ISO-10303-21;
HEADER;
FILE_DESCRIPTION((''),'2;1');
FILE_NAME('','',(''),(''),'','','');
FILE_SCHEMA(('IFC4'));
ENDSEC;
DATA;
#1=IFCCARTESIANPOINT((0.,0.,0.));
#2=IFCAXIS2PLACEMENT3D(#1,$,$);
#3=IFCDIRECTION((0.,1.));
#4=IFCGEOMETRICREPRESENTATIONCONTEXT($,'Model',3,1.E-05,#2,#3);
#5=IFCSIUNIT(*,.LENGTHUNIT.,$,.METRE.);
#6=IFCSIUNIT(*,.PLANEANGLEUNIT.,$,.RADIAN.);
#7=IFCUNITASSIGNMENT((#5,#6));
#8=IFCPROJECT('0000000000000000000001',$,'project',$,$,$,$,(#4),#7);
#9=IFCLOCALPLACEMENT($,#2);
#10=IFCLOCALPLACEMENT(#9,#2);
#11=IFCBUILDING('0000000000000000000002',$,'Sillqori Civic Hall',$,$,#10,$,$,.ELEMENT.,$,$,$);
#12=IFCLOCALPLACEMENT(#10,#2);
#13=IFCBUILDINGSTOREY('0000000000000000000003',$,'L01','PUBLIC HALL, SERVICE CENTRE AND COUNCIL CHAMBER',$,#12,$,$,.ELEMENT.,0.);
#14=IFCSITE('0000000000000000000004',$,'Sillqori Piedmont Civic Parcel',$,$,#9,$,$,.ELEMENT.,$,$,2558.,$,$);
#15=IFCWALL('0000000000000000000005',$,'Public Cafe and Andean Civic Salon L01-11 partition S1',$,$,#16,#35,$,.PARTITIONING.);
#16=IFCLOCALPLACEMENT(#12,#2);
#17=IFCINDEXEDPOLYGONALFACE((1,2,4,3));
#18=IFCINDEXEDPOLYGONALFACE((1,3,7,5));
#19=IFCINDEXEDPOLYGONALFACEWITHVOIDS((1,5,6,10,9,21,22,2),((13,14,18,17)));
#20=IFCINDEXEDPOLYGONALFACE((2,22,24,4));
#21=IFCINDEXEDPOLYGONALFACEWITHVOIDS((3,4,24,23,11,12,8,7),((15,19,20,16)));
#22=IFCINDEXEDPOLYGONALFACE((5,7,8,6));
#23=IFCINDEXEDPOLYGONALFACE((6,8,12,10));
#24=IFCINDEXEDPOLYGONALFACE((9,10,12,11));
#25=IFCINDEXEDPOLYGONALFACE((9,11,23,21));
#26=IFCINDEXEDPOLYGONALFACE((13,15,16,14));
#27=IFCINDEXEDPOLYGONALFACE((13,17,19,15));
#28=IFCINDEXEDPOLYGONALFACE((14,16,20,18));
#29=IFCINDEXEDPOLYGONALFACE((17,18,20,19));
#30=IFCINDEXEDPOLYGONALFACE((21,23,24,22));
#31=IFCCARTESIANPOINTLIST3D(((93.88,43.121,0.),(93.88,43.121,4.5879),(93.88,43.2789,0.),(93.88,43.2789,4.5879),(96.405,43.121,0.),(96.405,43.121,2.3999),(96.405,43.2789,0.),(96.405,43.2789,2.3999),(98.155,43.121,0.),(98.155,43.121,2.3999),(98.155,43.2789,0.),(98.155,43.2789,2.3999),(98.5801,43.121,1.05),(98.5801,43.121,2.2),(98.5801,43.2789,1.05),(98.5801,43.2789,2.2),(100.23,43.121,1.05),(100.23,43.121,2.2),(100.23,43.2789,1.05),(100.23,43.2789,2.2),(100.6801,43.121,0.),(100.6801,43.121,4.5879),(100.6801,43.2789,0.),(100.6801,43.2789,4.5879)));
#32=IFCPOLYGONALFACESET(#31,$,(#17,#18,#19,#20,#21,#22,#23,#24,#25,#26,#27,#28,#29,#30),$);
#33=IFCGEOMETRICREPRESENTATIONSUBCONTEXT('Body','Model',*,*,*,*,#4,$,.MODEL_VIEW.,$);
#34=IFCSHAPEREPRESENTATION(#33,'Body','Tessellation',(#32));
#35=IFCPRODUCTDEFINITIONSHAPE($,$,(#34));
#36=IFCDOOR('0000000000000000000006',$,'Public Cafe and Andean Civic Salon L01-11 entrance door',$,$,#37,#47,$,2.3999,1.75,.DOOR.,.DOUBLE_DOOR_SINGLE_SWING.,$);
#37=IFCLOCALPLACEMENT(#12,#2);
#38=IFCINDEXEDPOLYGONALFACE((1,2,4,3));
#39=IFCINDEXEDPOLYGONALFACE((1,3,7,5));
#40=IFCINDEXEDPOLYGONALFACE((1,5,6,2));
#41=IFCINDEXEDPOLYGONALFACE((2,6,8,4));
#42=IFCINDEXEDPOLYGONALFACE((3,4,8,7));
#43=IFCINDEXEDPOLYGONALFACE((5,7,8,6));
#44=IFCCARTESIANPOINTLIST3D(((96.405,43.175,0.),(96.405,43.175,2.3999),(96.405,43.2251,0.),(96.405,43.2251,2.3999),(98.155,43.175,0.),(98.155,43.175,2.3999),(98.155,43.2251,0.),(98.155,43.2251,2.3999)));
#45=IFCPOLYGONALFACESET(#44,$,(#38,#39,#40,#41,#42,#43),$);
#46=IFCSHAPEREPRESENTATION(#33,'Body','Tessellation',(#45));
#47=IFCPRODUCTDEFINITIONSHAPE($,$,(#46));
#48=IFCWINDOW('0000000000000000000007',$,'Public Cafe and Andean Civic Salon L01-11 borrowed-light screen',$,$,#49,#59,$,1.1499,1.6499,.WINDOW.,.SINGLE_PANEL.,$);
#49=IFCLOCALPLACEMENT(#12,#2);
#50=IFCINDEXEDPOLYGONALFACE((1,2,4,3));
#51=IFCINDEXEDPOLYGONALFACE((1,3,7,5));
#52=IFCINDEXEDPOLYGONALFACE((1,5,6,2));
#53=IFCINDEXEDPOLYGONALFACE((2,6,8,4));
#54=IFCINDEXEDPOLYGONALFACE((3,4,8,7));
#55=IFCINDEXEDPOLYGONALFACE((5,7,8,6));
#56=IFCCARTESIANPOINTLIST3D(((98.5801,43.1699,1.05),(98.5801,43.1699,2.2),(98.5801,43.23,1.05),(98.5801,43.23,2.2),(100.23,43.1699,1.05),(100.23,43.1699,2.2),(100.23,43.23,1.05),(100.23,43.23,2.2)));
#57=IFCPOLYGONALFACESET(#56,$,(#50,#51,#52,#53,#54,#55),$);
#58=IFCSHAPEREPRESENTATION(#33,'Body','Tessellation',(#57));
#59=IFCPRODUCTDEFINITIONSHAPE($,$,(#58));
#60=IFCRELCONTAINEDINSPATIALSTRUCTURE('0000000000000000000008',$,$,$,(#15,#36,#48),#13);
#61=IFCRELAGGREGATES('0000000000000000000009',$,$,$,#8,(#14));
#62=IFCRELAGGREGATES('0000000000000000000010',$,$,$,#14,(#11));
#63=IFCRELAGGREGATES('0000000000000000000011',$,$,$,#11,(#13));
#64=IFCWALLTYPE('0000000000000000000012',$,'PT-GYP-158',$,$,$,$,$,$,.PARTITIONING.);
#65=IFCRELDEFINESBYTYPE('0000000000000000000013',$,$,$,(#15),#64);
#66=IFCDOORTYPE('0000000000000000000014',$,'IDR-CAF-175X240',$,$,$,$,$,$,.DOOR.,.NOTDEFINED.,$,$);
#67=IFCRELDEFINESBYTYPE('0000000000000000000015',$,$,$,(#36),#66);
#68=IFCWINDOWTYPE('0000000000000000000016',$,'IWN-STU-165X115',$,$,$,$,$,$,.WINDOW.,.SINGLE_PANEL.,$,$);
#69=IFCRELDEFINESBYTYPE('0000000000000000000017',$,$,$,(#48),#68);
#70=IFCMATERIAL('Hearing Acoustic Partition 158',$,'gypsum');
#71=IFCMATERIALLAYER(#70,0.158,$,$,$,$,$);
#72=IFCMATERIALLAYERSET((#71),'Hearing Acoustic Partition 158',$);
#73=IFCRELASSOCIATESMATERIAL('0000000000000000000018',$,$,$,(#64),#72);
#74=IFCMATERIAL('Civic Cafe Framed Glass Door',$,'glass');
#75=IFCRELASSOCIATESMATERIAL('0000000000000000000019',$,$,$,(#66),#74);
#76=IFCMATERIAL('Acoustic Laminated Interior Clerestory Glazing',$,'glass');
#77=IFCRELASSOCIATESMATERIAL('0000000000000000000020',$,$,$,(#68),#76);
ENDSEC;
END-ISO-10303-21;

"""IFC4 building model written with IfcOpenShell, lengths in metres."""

from ifc_helpers import new_model, si_unit, direction, frame, frame_2d, origin, place, context, subcontext, project, spatial, rectangle, extrude, material, layer, layer_set, type_object, element, fill, save


model = new_model("IFC4")

# Units and contexts
model_context = context("Model", 3, precision=1e-05, world=origin(), true_north=direction((0.0, 1.0)))
body_context = subcontext(model_context, "Body", "Model", "MODEL_VIEW")
ifc_project = project(units=[si_unit("LENGTHUNIT", "METRE"), si_unit("PLANEANGLEUNIT", "RADIAN")], contexts=[model_context])

# Site, building, storey
site_placement = place(None, origin())
site = spatial("IfcSite", under=ifc_project, at=site_placement, Name="Sillqori Piedmont Civic Parcel", CompositionType="ELEMENT", RefElevation=2558.0)
building_placement = place(site_placement, origin())
building = spatial("IfcBuilding", under=site, at=building_placement, Name="Sillqori Civic Hall", CompositionType="ELEMENT")
storey_placement = place(building_placement, origin())
storey = spatial("IfcBuildingStorey", under=building, at=storey_placement, Name="L01", Description="PUBLIC HALL, SERVICE CENTRE AND COUNCIL CHAMBER", CompositionType="ELEMENT", Elevation=0.0)

# Shared definitions
ifc_material_1 = material(Name="Acoustic Laminated Interior Clerestory Glazing", Category="glass")

# Wall, openings, door, window
ifc_material_2 = material(Name="Hearing Acoustic Partition 158", Category="gypsum")
ifc_layer_1 = layer(ifc_material_2, 0.158)
ifc_layer_set_1 = layer_set([ifc_layer_1], Name="Hearing Acoustic Partition 158")
wall_type_1 = type_object("IfcWallType", Name="PT-GYP-158", PredefinedType="PARTITIONING", material=ifc_layer_set_1)
wall_1_placement = place(storey_placement, frame((100.6799, 43.2, 0.0), z_axis=(0.0, 0.0, 1.0), x_axis=(-1.0, 0.0, 0.0)))
wall_1 = element("IfcWall", 1, at=wall_1_placement, inside=storey, type_object=wall_type_1, Name="Public Cafe and Andean Civic Salon L01-11 partition S1", PredefinedType="PARTITIONING", context=body_context, shape_type="SweptSolid", body=[
    extrude(rectangle(XDim=6.8, YDim=0.158, at=frame_2d((3.3999, 0.0))), origin(), (0.0, 0.0, 1.0), 4.5879),
])
opening_1_placement = place(wall_1_placement, frame((2.5249, 0.0, 0.0)))
opening_1 = element("IfcOpeningElement", 2, at=opening_1_placement, cuts=wall_1, PredefinedType="OPENING", context=body_context, shape_type="SweptSolid", body=[
    extrude(rectangle(XDim=1.75, YDim=2.3999, at=frame_2d((0.875, 1.2))), frame((0.0, 0.0889, 0.0), z_axis=(0.0, -1.0, 0.0), x_axis=(1.0, 0.0, 0.0)), (0.0, 0.0, 1.0), 0.178),
])
opening_2_placement = place(wall_1_placement, frame((0.45, 0.0, 1.05)))
opening_2 = element("IfcOpeningElement", 3, at=opening_2_placement, cuts=wall_1, PredefinedType="OPENING", context=body_context, shape_type="SweptSolid", body=[
    extrude(rectangle(XDim=1.6499, YDim=1.1499, at=frame_2d((0.825, 0.575))), frame((0.0, 0.0889, 0.0), z_axis=(0.0, -1.0, 0.0), x_axis=(1.0, 0.0, 0.0)), (0.0, 0.0, 1.0), 0.178),
])
ifc_material_3 = material(Name="Civic Cafe Framed Glass Door", Category="glass")
door_type_1 = type_object("IfcDoorType", Name="IDR-CAF-175X240", OperationType="NOTDEFINED", PredefinedType="DOOR", material=ifc_material_3)
door_1_placement = place(opening_1_placement, origin())
door_1 = element("IfcDoor", 4, at=door_1_placement, inside=storey, type_object=door_type_1, Name="Public Cafe and Andean Civic Salon L01-11 entrance door", OperationType="DOUBLE_DOOR_SINGLE_SWING", OverallHeight=2.3999, OverallWidth=1.75, PredefinedType="DOOR", context=body_context, shape_type="SweptSolid", body=[
    extrude(rectangle(XDim=1.75, YDim=2.3999, at=frame_2d((0.875, 1.2))), frame((0.0, 0.0249, 0.0), z_axis=(0.0, -1.0, 0.0), x_axis=(1.0, 0.0, 0.0)), (0.0, 0.0, 1.0), 0.05),
])
fill(opening_1, door_1)
window_type_1 = type_object("IfcWindowType", Name="IWN-STU-165X115", PartitioningType="SINGLE_PANEL", PredefinedType="WINDOW", material=ifc_material_1)
window_1_placement = place(opening_2_placement, origin())
window_1 = element("IfcWindow", 5, at=window_1_placement, inside=storey, type_object=window_type_1, Name="Public Cafe and Andean Civic Salon L01-11 borrowed-light screen", OverallHeight=1.1499, OverallWidth=1.6499, PartitioningType="SINGLE_PANEL", PredefinedType="WINDOW", context=body_context, shape_type="SweptSolid", body=[
    extrude(rectangle(XDim=1.6499, YDim=1.1499, at=frame_2d((0.825, 0.575))), frame((0.0, 0.03, 0.0), z_axis=(0.0, -1.0, 0.0), x_axis=(1.0, 0.0, 0.0)), (0.0, 0.0, 1.0), 0.0601),
])
fill(opening_2, window_1)

save(model, "model.ifc")
